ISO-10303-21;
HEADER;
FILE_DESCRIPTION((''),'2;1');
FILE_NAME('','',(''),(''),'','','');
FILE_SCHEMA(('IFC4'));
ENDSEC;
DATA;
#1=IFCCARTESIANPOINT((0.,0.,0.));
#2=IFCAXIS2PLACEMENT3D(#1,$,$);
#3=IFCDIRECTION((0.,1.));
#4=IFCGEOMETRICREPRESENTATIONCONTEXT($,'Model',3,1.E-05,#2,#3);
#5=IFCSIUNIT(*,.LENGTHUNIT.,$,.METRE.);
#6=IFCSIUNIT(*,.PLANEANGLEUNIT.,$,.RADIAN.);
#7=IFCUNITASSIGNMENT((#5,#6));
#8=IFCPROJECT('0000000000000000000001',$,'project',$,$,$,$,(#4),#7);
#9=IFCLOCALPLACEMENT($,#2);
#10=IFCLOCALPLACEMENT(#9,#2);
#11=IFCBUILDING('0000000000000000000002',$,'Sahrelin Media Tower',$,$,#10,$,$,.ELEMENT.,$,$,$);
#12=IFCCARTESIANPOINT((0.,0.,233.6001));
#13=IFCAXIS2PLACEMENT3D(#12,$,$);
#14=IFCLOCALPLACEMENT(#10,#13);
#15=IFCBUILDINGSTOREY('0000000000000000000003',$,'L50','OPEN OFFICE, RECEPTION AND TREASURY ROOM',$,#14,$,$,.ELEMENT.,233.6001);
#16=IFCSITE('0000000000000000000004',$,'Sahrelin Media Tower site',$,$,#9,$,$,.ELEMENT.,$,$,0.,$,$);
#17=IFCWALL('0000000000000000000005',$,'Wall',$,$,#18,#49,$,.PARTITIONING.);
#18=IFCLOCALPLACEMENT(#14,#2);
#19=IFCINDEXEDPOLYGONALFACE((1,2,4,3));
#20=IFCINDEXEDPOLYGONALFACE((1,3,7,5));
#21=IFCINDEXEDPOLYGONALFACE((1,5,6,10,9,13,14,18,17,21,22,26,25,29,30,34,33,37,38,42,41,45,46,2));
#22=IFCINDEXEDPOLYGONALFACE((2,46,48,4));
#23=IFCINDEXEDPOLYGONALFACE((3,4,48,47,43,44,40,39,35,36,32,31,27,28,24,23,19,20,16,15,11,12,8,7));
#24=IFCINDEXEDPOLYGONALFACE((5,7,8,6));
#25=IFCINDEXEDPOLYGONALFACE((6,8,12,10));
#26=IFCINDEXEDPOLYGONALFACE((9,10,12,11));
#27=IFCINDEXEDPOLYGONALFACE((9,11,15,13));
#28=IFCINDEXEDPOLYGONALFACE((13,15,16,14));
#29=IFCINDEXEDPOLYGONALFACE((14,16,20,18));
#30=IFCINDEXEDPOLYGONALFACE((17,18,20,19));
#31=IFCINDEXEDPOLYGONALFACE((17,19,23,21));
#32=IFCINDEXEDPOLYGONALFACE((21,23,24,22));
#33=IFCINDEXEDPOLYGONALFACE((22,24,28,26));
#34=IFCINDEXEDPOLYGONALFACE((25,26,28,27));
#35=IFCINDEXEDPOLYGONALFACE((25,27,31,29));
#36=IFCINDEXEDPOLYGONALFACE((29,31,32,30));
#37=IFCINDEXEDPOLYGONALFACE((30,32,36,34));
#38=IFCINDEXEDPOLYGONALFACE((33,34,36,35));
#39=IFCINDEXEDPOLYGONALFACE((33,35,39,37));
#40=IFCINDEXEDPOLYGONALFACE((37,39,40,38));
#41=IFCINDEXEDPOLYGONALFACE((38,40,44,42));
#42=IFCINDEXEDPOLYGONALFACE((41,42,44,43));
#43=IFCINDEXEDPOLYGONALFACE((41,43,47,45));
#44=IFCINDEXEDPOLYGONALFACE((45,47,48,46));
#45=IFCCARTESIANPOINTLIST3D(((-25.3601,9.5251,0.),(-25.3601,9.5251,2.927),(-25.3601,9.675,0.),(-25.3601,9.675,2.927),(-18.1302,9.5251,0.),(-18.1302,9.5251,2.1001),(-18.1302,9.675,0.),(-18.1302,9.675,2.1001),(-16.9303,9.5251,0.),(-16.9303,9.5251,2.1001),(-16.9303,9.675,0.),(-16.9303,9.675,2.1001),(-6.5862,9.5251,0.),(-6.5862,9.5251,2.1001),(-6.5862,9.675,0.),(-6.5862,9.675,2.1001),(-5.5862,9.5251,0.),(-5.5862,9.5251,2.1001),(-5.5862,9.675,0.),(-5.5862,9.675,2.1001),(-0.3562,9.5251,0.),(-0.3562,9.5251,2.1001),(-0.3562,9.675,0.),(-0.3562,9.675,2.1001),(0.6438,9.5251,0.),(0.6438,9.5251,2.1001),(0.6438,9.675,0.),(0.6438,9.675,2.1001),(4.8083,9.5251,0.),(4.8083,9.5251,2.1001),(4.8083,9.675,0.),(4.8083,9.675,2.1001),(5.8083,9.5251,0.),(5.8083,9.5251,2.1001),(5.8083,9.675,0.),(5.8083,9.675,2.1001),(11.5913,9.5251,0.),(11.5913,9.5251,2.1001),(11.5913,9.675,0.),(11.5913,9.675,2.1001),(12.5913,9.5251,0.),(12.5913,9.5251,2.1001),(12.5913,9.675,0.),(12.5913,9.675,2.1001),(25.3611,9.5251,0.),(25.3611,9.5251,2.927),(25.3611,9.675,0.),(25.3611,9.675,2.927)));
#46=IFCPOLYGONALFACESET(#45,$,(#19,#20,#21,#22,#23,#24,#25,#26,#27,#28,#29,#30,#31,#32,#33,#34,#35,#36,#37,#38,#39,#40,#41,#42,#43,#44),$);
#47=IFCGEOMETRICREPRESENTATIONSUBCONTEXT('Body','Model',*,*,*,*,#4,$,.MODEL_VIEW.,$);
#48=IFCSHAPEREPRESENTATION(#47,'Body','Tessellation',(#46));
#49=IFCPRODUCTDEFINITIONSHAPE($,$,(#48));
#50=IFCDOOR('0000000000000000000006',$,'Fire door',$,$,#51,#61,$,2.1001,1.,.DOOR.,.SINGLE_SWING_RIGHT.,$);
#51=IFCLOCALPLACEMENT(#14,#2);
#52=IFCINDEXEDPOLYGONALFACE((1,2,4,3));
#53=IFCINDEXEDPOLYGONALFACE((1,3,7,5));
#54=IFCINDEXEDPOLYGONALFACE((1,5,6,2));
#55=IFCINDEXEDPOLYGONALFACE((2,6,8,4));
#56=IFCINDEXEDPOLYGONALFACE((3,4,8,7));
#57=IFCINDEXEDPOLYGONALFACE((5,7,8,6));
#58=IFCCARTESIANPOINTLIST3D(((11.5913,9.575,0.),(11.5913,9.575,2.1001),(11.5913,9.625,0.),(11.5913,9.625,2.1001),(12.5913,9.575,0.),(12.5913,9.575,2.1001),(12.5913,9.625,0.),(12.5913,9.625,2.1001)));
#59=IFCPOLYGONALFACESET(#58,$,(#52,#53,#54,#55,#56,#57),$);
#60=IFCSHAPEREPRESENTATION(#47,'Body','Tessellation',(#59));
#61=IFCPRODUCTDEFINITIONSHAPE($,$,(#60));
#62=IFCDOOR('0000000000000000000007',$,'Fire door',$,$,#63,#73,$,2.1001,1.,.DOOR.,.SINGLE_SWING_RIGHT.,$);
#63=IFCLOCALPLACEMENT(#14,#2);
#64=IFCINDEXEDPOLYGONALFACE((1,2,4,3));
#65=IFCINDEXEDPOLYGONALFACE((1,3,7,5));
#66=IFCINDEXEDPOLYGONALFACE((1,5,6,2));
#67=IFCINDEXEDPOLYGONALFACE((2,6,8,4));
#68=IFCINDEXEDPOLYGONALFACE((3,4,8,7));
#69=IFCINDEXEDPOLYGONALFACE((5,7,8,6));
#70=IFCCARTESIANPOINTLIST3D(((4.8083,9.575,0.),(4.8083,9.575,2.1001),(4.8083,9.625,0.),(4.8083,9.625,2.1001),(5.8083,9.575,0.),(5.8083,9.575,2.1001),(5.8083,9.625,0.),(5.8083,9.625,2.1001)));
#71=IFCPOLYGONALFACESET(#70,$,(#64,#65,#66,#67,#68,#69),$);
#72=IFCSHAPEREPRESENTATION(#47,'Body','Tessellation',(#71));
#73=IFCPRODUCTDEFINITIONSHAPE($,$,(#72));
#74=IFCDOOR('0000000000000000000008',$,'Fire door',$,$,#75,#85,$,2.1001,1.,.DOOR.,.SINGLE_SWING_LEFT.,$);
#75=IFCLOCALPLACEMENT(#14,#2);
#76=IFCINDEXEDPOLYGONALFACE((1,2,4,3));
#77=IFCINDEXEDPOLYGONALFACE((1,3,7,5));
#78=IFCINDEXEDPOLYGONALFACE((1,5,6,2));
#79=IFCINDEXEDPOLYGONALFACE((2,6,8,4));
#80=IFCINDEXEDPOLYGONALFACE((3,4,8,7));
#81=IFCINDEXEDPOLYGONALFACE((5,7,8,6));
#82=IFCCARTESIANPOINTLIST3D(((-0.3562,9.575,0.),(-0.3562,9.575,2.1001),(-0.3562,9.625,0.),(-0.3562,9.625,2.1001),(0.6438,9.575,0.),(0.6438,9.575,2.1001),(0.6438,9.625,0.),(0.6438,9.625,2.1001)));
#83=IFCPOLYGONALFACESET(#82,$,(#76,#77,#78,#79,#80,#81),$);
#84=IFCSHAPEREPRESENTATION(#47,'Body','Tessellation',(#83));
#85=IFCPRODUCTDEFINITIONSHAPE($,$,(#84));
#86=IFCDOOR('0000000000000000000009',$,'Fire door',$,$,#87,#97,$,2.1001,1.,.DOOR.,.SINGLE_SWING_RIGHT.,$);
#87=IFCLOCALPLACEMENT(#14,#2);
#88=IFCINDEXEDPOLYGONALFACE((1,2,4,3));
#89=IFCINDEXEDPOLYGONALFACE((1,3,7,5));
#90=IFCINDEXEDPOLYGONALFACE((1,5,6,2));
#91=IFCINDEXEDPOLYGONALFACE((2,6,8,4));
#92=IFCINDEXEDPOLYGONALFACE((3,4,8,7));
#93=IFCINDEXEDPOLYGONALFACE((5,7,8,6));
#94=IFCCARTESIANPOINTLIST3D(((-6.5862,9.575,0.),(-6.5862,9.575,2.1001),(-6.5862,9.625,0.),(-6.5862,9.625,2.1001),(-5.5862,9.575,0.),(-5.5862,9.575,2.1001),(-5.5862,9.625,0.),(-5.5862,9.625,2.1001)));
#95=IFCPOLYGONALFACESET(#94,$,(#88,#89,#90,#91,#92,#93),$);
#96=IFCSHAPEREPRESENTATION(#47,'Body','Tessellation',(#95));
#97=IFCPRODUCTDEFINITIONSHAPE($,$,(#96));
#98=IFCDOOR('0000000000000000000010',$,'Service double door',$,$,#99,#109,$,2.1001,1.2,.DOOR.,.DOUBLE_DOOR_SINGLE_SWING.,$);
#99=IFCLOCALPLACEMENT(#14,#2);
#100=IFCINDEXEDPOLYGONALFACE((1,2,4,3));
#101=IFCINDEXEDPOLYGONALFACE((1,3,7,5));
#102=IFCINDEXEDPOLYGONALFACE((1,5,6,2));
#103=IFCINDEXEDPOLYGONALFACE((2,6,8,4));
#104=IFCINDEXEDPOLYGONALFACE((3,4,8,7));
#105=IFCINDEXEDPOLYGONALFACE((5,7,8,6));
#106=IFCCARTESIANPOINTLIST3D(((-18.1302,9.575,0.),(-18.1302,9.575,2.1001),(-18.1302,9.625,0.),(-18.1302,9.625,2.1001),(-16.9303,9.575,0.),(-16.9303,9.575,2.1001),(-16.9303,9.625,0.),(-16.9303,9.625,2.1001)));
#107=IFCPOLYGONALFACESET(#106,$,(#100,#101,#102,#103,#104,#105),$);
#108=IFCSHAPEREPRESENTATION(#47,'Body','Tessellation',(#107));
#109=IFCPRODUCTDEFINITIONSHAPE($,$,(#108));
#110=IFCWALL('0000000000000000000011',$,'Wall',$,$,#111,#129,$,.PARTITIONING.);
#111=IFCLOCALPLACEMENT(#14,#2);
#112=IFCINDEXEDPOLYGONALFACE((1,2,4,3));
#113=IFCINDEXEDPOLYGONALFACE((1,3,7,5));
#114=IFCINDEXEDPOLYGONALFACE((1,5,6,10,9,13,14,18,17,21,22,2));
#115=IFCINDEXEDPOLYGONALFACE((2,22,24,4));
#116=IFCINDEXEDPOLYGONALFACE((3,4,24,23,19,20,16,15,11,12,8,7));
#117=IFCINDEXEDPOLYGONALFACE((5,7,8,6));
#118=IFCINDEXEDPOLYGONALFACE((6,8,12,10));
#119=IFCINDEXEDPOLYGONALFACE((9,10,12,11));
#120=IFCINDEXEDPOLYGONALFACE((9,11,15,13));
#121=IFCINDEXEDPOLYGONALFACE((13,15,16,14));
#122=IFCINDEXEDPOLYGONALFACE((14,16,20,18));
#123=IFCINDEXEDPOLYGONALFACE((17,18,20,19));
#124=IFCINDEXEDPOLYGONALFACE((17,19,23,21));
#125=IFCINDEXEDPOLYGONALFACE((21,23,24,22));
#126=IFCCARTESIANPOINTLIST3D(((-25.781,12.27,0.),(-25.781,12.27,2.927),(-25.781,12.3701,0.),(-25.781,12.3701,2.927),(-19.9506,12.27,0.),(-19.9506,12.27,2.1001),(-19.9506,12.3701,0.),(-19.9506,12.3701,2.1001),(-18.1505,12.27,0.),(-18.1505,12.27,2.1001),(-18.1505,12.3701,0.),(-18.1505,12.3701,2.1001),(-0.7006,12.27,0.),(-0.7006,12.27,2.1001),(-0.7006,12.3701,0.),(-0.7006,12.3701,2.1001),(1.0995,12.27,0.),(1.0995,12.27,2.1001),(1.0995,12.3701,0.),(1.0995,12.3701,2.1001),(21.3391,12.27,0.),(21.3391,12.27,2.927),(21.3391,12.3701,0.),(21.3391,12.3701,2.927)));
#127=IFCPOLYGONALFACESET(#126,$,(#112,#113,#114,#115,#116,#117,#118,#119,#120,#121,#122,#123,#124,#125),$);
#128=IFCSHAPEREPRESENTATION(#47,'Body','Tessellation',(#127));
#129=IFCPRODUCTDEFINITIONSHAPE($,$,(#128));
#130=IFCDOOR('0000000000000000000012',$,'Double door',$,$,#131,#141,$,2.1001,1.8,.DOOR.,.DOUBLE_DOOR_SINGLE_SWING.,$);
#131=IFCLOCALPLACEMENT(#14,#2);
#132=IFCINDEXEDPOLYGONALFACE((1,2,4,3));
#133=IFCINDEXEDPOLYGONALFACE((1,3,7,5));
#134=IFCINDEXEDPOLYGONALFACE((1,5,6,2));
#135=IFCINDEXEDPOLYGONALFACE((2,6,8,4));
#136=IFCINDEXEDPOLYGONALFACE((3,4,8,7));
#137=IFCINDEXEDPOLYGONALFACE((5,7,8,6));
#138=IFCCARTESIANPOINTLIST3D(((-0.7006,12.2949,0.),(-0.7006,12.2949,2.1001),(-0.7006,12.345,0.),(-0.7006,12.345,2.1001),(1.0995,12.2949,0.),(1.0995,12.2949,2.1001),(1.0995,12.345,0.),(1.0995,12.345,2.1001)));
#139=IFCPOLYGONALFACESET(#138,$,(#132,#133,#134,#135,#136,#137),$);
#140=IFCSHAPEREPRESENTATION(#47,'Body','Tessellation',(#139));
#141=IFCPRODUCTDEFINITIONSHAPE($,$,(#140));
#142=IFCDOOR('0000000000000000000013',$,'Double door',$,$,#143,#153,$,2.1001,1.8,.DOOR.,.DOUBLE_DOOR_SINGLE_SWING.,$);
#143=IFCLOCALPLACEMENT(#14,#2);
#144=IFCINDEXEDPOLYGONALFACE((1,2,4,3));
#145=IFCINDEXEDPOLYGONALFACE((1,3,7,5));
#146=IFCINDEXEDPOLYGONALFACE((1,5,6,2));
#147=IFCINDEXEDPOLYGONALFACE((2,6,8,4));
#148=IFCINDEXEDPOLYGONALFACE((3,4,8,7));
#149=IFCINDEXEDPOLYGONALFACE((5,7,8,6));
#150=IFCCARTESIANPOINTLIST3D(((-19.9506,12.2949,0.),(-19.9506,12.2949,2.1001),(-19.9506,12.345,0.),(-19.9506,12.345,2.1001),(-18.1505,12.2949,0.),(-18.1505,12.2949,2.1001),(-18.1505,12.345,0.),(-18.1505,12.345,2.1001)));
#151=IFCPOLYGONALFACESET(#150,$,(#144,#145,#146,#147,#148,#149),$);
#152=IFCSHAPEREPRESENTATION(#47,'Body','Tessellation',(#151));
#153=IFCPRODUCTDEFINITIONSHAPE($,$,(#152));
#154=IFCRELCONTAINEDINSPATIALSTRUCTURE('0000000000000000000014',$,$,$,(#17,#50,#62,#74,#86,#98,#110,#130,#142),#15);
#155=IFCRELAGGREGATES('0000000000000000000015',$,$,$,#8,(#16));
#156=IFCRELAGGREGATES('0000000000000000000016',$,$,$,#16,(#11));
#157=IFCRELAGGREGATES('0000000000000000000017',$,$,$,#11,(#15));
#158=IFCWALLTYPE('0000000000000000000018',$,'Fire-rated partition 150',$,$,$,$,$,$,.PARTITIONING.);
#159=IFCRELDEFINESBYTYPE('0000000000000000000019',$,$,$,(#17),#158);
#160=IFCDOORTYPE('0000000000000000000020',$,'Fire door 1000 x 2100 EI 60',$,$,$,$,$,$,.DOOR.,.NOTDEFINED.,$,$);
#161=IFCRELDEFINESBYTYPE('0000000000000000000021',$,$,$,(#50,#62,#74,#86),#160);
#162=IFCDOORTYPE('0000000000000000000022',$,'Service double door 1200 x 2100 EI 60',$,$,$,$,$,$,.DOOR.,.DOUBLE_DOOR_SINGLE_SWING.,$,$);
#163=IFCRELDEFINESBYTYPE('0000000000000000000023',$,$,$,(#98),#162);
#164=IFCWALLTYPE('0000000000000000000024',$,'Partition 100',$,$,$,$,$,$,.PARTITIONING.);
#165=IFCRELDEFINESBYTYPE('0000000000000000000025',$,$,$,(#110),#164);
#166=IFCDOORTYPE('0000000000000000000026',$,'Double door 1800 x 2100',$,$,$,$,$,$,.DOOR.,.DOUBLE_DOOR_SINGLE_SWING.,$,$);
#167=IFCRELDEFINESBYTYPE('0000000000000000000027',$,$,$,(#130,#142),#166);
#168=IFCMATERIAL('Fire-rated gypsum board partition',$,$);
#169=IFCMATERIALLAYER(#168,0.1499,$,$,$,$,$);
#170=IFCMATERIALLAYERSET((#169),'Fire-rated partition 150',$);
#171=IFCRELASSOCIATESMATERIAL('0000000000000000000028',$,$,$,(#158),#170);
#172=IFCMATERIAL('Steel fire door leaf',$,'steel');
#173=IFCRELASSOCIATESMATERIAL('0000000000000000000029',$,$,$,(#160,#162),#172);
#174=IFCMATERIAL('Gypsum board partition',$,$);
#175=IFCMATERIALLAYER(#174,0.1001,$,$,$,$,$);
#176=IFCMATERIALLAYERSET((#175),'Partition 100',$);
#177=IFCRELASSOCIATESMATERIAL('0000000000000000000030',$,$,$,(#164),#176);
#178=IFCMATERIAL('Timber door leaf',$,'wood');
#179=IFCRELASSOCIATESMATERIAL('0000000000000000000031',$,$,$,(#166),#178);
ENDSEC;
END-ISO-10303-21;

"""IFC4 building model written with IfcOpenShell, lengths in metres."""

from ifc_helpers import new_model, si_unit, direction, frame, frame_2d, origin, place, context, subcontext, project, spatial, rectangle, extrude, material, layer, layer_set, type_object, element, fill, save


model = new_model("IFC4")

# Units and contexts
model_context = context("Model", 3, precision=1e-05, world=origin(), true_north=direction((0.0, 1.0)))
body_context = subcontext(model_context, "Body", "Model", "MODEL_VIEW")
ifc_project = project(units=[si_unit("LENGTHUNIT", "METRE"), si_unit("PLANEANGLEUNIT", "RADIAN")], contexts=[model_context])

# Site, building, storey
site_placement = place(None, origin())
site = spatial("IfcSite", under=ifc_project, at=site_placement, Name="Sahrelin Media Tower site", CompositionType="ELEMENT", RefElevation=0.0)
building_placement = place(site_placement, origin())
building = spatial("IfcBuilding", under=site, at=building_placement, Name="Sahrelin Media Tower", CompositionType="ELEMENT")
storey_placement = place(building_placement, frame((0.0, 0.0, 233.6001)))
storey = spatial("IfcBuildingStorey", under=building, at=storey_placement, Name="L50", Description="OPEN OFFICE, RECEPTION AND TREASURY ROOM", CompositionType="ELEMENT", Elevation=233.6001)

# Walls, openings, doors
ifc_material_1 = material(Name="Fire-rated gypsum board partition")
ifc_layer_1 = layer(ifc_material_1, 0.1499)
ifc_layer_set_1 = layer_set([ifc_layer_1], Name="Fire-rated partition 150")
wall_type_1 = type_object("IfcWallType", Name="Fire-rated partition 150", PredefinedType="PARTITIONING", material=ifc_layer_set_1)
wall_1_placement = place(storey_placement, frame((-25.3601, 9.6001, 0.0), z_axis=(0.0, 0.0, 1.0), x_axis=(1.0, 0.0, 0.0)))
wall_1 = element("IfcWall", 1, at=wall_1_placement, inside=storey, type_object=wall_type_1, Name="Wall", PredefinedType="PARTITIONING", context=body_context, shape_type="SweptSolid", body=[
    extrude(rectangle(XDim=50.7212, YDim=0.1499, at=frame_2d((25.3606, 0.0))), origin(), (0.0, 0.0, 1.0), 2.927),
])
opening_1_placement = place(wall_1_placement, frame((36.9514, 0.0, 0.0)))
opening_1 = element("IfcOpeningElement", 2, at=opening_1_placement, cuts=wall_1, PredefinedType="OPENING", context=body_context, shape_type="SweptSolid", body=[
    extrude(rectangle(XDim=1.0, YDim=2.1001, at=frame_2d((0.5, 1.05))), frame((0.0, 0.075, 0.0), z_axis=(0.0, -1.0, 0.0), x_axis=(1.0, 0.0, 0.0)), (0.0, 0.0, 1.0), 0.1499),
])
opening_2_placement = place(wall_1_placement, frame((30.1685, 0.0, 0.0)))
opening_2 = element("IfcOpeningElement", 3, at=opening_2_placement, cuts=wall_1, PredefinedType="OPENING", context=body_context, shape_type="SweptSolid", body=[
    extrude(rectangle(XDim=1.0, YDim=2.1001, at=frame_2d((0.5, 1.05))), frame((0.0, 0.075, 0.0), z_axis=(0.0, -1.0, 0.0), x_axis=(1.0, 0.0, 0.0)), (0.0, 0.0, 1.0), 0.1499),
])
opening_3_placement = place(wall_1_placement, frame((25.0039, 0.0, 0.0)))
opening_3 = element("IfcOpeningElement", 4, at=opening_3_placement, cuts=wall_1, PredefinedType="OPENING", context=body_context, shape_type="SweptSolid", body=[
    extrude(rectangle(XDim=1.0, YDim=2.1001, at=frame_2d((0.5, 1.05))), frame((0.0, 0.075, 0.0), z_axis=(0.0, -1.0, 0.0), x_axis=(1.0, 0.0, 0.0)), (0.0, 0.0, 1.0), 0.1499),
])
opening_4_placement = place(wall_1_placement, frame((18.7739, 0.0, 0.0)))
opening_4 = element("IfcOpeningElement", 5, at=opening_4_placement, cuts=wall_1, PredefinedType="OPENING", context=body_context, shape_type="SweptSolid", body=[
    extrude(rectangle(XDim=1.0, YDim=2.1001, at=frame_2d((0.5, 1.05))), frame((0.0, 0.075, 0.0), z_axis=(0.0, -1.0, 0.0), x_axis=(1.0, 0.0, 0.0)), (0.0, 0.0, 1.0), 0.1499),
])
opening_5_placement = place(wall_1_placement, frame((7.2297, 0.0, 0.0)))
opening_5 = element("IfcOpeningElement", 6, at=opening_5_placement, cuts=wall_1, PredefinedType="OPENING", context=body_context, shape_type="SweptSolid", body=[
    extrude(rectangle(XDim=1.2, YDim=2.1001, at=frame_2d((0.6001, 1.05))), frame((0.0, 0.075, 0.0), z_axis=(0.0, -1.0, 0.0), x_axis=(1.0, 0.0, 0.0)), (0.0, 0.0, 1.0), 0.1499),
])
ifc_material_2 = material(Name="Steel fire door leaf", Category="steel")
door_type_1 = type_object("IfcDoorType", Name="Fire door 1000 x 2100 EI 60", OperationType="NOTDEFINED", PredefinedType="DOOR", material=ifc_material_2)
door_1_placement = place(opening_1_placement, origin())
door_1 = element("IfcDoor", 7, at=door_1_placement, inside=storey, type_object=door_type_1, Name="Fire door", OperationType="SINGLE_SWING_RIGHT", OverallHeight=2.1001, OverallWidth=1.0, PredefinedType="DOOR", context=body_context, shape_type="SweptSolid", body=[
    extrude(rectangle(XDim=1.0, YDim=2.1001, at=frame_2d((0.5, 1.05))), frame((0.0, 0.0249, 0.0), z_axis=(0.0, -1.0, 0.0), x_axis=(1.0, 0.0, 0.0)), (0.0, 0.0, 1.0), 0.05),
])
fill(opening_1, door_1)
door_2_placement = place(opening_2_placement, origin())
door_2 = element("IfcDoor", 8, at=door_2_placement, inside=storey, type_object=door_type_1, Name="Fire door", OperationType="SINGLE_SWING_RIGHT", OverallHeight=2.1001, OverallWidth=1.0, PredefinedType="DOOR", context=body_context, shape_type="SweptSolid", body=[
    extrude(rectangle(XDim=1.0, YDim=2.1001, at=frame_2d((0.5, 1.05))), frame((0.0, 0.0249, 0.0), z_axis=(0.0, -1.0, 0.0), x_axis=(1.0, 0.0, 0.0)), (0.0, 0.0, 1.0), 0.05),
])
fill(opening_2, door_2)
door_3_placement = place(opening_3_placement, origin())
door_3 = element("IfcDoor", 9, at=door_3_placement, inside=storey, type_object=door_type_1, Name="Fire door", OperationType="SINGLE_SWING_LEFT", OverallHeight=2.1001, OverallWidth=1.0, PredefinedType="DOOR", context=body_context, shape_type="SweptSolid", body=[
    extrude(rectangle(XDim=1.0, YDim=2.1001, at=frame_2d((0.5, 1.05))), frame((0.0, 0.0249, 0.0), z_axis=(0.0, -1.0, 0.0), x_axis=(1.0, 0.0, 0.0)), (0.0, 0.0, 1.0), 0.05),
])
fill(opening_3, door_3)
door_4_placement = place(opening_4_placement, origin())
door_4 = element("IfcDoor", 10, at=door_4_placement, inside=storey, type_object=door_type_1, Name="Fire door", OperationType="SINGLE_SWING_RIGHT", OverallHeight=2.1001, OverallWidth=1.0, PredefinedType="DOOR", context=body_context, shape_type="SweptSolid", body=[
    extrude(rectangle(XDim=1.0, YDim=2.1001, at=frame_2d((0.5, 1.05))), frame((0.0, 0.0249, 0.0), z_axis=(0.0, -1.0, 0.0), x_axis=(1.0, 0.0, 0.0)), (0.0, 0.0, 1.0), 0.05),
])
fill(opening_4, door_4)
door_type_2 = type_object("IfcDoorType", Name="Service double door 1200 x 2100 EI 60", OperationType="DOUBLE_DOOR_SINGLE_SWING", PredefinedType="DOOR", material=ifc_material_2)
door_5_placement = place(opening_5_placement, origin())
door_5 = element("IfcDoor", 11, at=door_5_placement, inside=storey, type_object=door_type_2, Name="Service double door", OperationType="DOUBLE_DOOR_SINGLE_SWING", OverallHeight=2.1001, OverallWidth=1.2, PredefinedType="DOOR", context=body_context, shape_type="SweptSolid", body=[
    extrude(rectangle(XDim=1.2, YDim=2.1001, at=frame_2d((0.6001, 1.05))), frame((0.0, 0.0249, 0.0), z_axis=(0.0, -1.0, 0.0), x_axis=(1.0, 0.0, 0.0)), (0.0, 0.0, 1.0), 0.05),
])
fill(opening_5, door_5)
ifc_material_3 = material(Name="Gypsum board partition")
ifc_layer_2 = layer(ifc_material_3, 0.1001)
ifc_layer_set_2 = layer_set([ifc_layer_2], Name="Partition 100")
wall_type_2 = type_object("IfcWallType", Name="Partition 100", PredefinedType="PARTITIONING", material=ifc_layer_set_2)
wall_2_placement = place(storey_placement, frame((-25.781, 12.3201, 0.0), z_axis=(0.0, 0.0, 1.0), x_axis=(1.0, 0.0, 0.0)))
wall_2 = element("IfcWall", 12, at=wall_2_placement, inside=storey, type_object=wall_type_2, Name="Wall", PredefinedType="PARTITIONING", context=body_context, shape_type="SweptSolid", body=[
    extrude(rectangle(XDim=47.1201, YDim=0.1001, at=frame_2d((23.5601, 0.0))), origin(), (0.0, 0.0, 1.0), 2.927),
])
opening_6_placement = place(wall_2_placement, frame((25.0806, 0.0, 0.0)))
opening_6 = element("IfcOpeningElement", 13, at=opening_6_placement, cuts=wall_2, PredefinedType="OPENING", context=body_context, shape_type="SweptSolid", body=[
    extrude(rectangle(XDim=1.8, YDim=2.1001, at=frame_2d((0.8999, 1.05))), frame((0.0, 0.05, 0.0), z_axis=(0.0, -1.0, 0.0), x_axis=(1.0, 0.0, 0.0)), (0.0, 0.0, 1.0), 0.1001),
])
opening_7_placement = place(wall_2_placement, frame((5.8306, 0.0, 0.0)))
opening_7 = element("IfcOpeningElement", 14, at=opening_7_placement, cuts=wall_2, PredefinedType="OPENING", context=body_context, shape_type="SweptSolid", body=[
    extrude(rectangle(XDim=1.8, YDim=2.1001, at=frame_2d((0.8999, 1.05))), frame((0.0, 0.05, 0.0), z_axis=(0.0, -1.0, 0.0), x_axis=(1.0, 0.0, 0.0)), (0.0, 0.0, 1.0), 0.1001),
])
ifc_material_4 = material(Name="Timber door leaf", Category="wood")
door_type_3 = type_object("IfcDoorType", Name="Double door 1800 x 2100", OperationType="DOUBLE_DOOR_SINGLE_SWING", PredefinedType="DOOR", material=ifc_material_4)
door_6_placement = place(opening_6_placement, origin())
door_6 = element("IfcDoor", 15, at=door_6_placement, inside=storey, type_object=door_type_3, Name="Double door", OperationType="DOUBLE_DOOR_SINGLE_SWING", OverallHeight=2.1001, OverallWidth=1.8, PredefinedType="DOOR", context=body_context, shape_type="SweptSolid", body=[
    extrude(rectangle(XDim=1.8, YDim=2.1001, at=frame_2d((0.8999, 1.05))), frame((0.0, 0.0249, 0.0), z_axis=(0.0, -1.0, 0.0), x_axis=(1.0, 0.0, 0.0)), (0.0, 0.0, 1.0), 0.05),
])
fill(opening_6, door_6)
door_7_placement = place(opening_7_placement, origin())
door_7 = element("IfcDoor", 16, at=door_7_placement, inside=storey, type_object=door_type_3, Name="Double door", OperationType="DOUBLE_DOOR_SINGLE_SWING", OverallHeight=2.1001, OverallWidth=1.8, PredefinedType="DOOR", context=body_context, shape_type="SweptSolid", body=[
    extrude(rectangle(XDim=1.8, YDim=2.1001, at=frame_2d((0.8999, 1.05))), frame((0.0, 0.0249, 0.0), z_axis=(0.0, -1.0, 0.0), x_axis=(1.0, 0.0, 0.0)), (0.0, 0.0, 1.0), 0.05),
])
fill(opening_7, door_7)

save(model, "model.ifc")
